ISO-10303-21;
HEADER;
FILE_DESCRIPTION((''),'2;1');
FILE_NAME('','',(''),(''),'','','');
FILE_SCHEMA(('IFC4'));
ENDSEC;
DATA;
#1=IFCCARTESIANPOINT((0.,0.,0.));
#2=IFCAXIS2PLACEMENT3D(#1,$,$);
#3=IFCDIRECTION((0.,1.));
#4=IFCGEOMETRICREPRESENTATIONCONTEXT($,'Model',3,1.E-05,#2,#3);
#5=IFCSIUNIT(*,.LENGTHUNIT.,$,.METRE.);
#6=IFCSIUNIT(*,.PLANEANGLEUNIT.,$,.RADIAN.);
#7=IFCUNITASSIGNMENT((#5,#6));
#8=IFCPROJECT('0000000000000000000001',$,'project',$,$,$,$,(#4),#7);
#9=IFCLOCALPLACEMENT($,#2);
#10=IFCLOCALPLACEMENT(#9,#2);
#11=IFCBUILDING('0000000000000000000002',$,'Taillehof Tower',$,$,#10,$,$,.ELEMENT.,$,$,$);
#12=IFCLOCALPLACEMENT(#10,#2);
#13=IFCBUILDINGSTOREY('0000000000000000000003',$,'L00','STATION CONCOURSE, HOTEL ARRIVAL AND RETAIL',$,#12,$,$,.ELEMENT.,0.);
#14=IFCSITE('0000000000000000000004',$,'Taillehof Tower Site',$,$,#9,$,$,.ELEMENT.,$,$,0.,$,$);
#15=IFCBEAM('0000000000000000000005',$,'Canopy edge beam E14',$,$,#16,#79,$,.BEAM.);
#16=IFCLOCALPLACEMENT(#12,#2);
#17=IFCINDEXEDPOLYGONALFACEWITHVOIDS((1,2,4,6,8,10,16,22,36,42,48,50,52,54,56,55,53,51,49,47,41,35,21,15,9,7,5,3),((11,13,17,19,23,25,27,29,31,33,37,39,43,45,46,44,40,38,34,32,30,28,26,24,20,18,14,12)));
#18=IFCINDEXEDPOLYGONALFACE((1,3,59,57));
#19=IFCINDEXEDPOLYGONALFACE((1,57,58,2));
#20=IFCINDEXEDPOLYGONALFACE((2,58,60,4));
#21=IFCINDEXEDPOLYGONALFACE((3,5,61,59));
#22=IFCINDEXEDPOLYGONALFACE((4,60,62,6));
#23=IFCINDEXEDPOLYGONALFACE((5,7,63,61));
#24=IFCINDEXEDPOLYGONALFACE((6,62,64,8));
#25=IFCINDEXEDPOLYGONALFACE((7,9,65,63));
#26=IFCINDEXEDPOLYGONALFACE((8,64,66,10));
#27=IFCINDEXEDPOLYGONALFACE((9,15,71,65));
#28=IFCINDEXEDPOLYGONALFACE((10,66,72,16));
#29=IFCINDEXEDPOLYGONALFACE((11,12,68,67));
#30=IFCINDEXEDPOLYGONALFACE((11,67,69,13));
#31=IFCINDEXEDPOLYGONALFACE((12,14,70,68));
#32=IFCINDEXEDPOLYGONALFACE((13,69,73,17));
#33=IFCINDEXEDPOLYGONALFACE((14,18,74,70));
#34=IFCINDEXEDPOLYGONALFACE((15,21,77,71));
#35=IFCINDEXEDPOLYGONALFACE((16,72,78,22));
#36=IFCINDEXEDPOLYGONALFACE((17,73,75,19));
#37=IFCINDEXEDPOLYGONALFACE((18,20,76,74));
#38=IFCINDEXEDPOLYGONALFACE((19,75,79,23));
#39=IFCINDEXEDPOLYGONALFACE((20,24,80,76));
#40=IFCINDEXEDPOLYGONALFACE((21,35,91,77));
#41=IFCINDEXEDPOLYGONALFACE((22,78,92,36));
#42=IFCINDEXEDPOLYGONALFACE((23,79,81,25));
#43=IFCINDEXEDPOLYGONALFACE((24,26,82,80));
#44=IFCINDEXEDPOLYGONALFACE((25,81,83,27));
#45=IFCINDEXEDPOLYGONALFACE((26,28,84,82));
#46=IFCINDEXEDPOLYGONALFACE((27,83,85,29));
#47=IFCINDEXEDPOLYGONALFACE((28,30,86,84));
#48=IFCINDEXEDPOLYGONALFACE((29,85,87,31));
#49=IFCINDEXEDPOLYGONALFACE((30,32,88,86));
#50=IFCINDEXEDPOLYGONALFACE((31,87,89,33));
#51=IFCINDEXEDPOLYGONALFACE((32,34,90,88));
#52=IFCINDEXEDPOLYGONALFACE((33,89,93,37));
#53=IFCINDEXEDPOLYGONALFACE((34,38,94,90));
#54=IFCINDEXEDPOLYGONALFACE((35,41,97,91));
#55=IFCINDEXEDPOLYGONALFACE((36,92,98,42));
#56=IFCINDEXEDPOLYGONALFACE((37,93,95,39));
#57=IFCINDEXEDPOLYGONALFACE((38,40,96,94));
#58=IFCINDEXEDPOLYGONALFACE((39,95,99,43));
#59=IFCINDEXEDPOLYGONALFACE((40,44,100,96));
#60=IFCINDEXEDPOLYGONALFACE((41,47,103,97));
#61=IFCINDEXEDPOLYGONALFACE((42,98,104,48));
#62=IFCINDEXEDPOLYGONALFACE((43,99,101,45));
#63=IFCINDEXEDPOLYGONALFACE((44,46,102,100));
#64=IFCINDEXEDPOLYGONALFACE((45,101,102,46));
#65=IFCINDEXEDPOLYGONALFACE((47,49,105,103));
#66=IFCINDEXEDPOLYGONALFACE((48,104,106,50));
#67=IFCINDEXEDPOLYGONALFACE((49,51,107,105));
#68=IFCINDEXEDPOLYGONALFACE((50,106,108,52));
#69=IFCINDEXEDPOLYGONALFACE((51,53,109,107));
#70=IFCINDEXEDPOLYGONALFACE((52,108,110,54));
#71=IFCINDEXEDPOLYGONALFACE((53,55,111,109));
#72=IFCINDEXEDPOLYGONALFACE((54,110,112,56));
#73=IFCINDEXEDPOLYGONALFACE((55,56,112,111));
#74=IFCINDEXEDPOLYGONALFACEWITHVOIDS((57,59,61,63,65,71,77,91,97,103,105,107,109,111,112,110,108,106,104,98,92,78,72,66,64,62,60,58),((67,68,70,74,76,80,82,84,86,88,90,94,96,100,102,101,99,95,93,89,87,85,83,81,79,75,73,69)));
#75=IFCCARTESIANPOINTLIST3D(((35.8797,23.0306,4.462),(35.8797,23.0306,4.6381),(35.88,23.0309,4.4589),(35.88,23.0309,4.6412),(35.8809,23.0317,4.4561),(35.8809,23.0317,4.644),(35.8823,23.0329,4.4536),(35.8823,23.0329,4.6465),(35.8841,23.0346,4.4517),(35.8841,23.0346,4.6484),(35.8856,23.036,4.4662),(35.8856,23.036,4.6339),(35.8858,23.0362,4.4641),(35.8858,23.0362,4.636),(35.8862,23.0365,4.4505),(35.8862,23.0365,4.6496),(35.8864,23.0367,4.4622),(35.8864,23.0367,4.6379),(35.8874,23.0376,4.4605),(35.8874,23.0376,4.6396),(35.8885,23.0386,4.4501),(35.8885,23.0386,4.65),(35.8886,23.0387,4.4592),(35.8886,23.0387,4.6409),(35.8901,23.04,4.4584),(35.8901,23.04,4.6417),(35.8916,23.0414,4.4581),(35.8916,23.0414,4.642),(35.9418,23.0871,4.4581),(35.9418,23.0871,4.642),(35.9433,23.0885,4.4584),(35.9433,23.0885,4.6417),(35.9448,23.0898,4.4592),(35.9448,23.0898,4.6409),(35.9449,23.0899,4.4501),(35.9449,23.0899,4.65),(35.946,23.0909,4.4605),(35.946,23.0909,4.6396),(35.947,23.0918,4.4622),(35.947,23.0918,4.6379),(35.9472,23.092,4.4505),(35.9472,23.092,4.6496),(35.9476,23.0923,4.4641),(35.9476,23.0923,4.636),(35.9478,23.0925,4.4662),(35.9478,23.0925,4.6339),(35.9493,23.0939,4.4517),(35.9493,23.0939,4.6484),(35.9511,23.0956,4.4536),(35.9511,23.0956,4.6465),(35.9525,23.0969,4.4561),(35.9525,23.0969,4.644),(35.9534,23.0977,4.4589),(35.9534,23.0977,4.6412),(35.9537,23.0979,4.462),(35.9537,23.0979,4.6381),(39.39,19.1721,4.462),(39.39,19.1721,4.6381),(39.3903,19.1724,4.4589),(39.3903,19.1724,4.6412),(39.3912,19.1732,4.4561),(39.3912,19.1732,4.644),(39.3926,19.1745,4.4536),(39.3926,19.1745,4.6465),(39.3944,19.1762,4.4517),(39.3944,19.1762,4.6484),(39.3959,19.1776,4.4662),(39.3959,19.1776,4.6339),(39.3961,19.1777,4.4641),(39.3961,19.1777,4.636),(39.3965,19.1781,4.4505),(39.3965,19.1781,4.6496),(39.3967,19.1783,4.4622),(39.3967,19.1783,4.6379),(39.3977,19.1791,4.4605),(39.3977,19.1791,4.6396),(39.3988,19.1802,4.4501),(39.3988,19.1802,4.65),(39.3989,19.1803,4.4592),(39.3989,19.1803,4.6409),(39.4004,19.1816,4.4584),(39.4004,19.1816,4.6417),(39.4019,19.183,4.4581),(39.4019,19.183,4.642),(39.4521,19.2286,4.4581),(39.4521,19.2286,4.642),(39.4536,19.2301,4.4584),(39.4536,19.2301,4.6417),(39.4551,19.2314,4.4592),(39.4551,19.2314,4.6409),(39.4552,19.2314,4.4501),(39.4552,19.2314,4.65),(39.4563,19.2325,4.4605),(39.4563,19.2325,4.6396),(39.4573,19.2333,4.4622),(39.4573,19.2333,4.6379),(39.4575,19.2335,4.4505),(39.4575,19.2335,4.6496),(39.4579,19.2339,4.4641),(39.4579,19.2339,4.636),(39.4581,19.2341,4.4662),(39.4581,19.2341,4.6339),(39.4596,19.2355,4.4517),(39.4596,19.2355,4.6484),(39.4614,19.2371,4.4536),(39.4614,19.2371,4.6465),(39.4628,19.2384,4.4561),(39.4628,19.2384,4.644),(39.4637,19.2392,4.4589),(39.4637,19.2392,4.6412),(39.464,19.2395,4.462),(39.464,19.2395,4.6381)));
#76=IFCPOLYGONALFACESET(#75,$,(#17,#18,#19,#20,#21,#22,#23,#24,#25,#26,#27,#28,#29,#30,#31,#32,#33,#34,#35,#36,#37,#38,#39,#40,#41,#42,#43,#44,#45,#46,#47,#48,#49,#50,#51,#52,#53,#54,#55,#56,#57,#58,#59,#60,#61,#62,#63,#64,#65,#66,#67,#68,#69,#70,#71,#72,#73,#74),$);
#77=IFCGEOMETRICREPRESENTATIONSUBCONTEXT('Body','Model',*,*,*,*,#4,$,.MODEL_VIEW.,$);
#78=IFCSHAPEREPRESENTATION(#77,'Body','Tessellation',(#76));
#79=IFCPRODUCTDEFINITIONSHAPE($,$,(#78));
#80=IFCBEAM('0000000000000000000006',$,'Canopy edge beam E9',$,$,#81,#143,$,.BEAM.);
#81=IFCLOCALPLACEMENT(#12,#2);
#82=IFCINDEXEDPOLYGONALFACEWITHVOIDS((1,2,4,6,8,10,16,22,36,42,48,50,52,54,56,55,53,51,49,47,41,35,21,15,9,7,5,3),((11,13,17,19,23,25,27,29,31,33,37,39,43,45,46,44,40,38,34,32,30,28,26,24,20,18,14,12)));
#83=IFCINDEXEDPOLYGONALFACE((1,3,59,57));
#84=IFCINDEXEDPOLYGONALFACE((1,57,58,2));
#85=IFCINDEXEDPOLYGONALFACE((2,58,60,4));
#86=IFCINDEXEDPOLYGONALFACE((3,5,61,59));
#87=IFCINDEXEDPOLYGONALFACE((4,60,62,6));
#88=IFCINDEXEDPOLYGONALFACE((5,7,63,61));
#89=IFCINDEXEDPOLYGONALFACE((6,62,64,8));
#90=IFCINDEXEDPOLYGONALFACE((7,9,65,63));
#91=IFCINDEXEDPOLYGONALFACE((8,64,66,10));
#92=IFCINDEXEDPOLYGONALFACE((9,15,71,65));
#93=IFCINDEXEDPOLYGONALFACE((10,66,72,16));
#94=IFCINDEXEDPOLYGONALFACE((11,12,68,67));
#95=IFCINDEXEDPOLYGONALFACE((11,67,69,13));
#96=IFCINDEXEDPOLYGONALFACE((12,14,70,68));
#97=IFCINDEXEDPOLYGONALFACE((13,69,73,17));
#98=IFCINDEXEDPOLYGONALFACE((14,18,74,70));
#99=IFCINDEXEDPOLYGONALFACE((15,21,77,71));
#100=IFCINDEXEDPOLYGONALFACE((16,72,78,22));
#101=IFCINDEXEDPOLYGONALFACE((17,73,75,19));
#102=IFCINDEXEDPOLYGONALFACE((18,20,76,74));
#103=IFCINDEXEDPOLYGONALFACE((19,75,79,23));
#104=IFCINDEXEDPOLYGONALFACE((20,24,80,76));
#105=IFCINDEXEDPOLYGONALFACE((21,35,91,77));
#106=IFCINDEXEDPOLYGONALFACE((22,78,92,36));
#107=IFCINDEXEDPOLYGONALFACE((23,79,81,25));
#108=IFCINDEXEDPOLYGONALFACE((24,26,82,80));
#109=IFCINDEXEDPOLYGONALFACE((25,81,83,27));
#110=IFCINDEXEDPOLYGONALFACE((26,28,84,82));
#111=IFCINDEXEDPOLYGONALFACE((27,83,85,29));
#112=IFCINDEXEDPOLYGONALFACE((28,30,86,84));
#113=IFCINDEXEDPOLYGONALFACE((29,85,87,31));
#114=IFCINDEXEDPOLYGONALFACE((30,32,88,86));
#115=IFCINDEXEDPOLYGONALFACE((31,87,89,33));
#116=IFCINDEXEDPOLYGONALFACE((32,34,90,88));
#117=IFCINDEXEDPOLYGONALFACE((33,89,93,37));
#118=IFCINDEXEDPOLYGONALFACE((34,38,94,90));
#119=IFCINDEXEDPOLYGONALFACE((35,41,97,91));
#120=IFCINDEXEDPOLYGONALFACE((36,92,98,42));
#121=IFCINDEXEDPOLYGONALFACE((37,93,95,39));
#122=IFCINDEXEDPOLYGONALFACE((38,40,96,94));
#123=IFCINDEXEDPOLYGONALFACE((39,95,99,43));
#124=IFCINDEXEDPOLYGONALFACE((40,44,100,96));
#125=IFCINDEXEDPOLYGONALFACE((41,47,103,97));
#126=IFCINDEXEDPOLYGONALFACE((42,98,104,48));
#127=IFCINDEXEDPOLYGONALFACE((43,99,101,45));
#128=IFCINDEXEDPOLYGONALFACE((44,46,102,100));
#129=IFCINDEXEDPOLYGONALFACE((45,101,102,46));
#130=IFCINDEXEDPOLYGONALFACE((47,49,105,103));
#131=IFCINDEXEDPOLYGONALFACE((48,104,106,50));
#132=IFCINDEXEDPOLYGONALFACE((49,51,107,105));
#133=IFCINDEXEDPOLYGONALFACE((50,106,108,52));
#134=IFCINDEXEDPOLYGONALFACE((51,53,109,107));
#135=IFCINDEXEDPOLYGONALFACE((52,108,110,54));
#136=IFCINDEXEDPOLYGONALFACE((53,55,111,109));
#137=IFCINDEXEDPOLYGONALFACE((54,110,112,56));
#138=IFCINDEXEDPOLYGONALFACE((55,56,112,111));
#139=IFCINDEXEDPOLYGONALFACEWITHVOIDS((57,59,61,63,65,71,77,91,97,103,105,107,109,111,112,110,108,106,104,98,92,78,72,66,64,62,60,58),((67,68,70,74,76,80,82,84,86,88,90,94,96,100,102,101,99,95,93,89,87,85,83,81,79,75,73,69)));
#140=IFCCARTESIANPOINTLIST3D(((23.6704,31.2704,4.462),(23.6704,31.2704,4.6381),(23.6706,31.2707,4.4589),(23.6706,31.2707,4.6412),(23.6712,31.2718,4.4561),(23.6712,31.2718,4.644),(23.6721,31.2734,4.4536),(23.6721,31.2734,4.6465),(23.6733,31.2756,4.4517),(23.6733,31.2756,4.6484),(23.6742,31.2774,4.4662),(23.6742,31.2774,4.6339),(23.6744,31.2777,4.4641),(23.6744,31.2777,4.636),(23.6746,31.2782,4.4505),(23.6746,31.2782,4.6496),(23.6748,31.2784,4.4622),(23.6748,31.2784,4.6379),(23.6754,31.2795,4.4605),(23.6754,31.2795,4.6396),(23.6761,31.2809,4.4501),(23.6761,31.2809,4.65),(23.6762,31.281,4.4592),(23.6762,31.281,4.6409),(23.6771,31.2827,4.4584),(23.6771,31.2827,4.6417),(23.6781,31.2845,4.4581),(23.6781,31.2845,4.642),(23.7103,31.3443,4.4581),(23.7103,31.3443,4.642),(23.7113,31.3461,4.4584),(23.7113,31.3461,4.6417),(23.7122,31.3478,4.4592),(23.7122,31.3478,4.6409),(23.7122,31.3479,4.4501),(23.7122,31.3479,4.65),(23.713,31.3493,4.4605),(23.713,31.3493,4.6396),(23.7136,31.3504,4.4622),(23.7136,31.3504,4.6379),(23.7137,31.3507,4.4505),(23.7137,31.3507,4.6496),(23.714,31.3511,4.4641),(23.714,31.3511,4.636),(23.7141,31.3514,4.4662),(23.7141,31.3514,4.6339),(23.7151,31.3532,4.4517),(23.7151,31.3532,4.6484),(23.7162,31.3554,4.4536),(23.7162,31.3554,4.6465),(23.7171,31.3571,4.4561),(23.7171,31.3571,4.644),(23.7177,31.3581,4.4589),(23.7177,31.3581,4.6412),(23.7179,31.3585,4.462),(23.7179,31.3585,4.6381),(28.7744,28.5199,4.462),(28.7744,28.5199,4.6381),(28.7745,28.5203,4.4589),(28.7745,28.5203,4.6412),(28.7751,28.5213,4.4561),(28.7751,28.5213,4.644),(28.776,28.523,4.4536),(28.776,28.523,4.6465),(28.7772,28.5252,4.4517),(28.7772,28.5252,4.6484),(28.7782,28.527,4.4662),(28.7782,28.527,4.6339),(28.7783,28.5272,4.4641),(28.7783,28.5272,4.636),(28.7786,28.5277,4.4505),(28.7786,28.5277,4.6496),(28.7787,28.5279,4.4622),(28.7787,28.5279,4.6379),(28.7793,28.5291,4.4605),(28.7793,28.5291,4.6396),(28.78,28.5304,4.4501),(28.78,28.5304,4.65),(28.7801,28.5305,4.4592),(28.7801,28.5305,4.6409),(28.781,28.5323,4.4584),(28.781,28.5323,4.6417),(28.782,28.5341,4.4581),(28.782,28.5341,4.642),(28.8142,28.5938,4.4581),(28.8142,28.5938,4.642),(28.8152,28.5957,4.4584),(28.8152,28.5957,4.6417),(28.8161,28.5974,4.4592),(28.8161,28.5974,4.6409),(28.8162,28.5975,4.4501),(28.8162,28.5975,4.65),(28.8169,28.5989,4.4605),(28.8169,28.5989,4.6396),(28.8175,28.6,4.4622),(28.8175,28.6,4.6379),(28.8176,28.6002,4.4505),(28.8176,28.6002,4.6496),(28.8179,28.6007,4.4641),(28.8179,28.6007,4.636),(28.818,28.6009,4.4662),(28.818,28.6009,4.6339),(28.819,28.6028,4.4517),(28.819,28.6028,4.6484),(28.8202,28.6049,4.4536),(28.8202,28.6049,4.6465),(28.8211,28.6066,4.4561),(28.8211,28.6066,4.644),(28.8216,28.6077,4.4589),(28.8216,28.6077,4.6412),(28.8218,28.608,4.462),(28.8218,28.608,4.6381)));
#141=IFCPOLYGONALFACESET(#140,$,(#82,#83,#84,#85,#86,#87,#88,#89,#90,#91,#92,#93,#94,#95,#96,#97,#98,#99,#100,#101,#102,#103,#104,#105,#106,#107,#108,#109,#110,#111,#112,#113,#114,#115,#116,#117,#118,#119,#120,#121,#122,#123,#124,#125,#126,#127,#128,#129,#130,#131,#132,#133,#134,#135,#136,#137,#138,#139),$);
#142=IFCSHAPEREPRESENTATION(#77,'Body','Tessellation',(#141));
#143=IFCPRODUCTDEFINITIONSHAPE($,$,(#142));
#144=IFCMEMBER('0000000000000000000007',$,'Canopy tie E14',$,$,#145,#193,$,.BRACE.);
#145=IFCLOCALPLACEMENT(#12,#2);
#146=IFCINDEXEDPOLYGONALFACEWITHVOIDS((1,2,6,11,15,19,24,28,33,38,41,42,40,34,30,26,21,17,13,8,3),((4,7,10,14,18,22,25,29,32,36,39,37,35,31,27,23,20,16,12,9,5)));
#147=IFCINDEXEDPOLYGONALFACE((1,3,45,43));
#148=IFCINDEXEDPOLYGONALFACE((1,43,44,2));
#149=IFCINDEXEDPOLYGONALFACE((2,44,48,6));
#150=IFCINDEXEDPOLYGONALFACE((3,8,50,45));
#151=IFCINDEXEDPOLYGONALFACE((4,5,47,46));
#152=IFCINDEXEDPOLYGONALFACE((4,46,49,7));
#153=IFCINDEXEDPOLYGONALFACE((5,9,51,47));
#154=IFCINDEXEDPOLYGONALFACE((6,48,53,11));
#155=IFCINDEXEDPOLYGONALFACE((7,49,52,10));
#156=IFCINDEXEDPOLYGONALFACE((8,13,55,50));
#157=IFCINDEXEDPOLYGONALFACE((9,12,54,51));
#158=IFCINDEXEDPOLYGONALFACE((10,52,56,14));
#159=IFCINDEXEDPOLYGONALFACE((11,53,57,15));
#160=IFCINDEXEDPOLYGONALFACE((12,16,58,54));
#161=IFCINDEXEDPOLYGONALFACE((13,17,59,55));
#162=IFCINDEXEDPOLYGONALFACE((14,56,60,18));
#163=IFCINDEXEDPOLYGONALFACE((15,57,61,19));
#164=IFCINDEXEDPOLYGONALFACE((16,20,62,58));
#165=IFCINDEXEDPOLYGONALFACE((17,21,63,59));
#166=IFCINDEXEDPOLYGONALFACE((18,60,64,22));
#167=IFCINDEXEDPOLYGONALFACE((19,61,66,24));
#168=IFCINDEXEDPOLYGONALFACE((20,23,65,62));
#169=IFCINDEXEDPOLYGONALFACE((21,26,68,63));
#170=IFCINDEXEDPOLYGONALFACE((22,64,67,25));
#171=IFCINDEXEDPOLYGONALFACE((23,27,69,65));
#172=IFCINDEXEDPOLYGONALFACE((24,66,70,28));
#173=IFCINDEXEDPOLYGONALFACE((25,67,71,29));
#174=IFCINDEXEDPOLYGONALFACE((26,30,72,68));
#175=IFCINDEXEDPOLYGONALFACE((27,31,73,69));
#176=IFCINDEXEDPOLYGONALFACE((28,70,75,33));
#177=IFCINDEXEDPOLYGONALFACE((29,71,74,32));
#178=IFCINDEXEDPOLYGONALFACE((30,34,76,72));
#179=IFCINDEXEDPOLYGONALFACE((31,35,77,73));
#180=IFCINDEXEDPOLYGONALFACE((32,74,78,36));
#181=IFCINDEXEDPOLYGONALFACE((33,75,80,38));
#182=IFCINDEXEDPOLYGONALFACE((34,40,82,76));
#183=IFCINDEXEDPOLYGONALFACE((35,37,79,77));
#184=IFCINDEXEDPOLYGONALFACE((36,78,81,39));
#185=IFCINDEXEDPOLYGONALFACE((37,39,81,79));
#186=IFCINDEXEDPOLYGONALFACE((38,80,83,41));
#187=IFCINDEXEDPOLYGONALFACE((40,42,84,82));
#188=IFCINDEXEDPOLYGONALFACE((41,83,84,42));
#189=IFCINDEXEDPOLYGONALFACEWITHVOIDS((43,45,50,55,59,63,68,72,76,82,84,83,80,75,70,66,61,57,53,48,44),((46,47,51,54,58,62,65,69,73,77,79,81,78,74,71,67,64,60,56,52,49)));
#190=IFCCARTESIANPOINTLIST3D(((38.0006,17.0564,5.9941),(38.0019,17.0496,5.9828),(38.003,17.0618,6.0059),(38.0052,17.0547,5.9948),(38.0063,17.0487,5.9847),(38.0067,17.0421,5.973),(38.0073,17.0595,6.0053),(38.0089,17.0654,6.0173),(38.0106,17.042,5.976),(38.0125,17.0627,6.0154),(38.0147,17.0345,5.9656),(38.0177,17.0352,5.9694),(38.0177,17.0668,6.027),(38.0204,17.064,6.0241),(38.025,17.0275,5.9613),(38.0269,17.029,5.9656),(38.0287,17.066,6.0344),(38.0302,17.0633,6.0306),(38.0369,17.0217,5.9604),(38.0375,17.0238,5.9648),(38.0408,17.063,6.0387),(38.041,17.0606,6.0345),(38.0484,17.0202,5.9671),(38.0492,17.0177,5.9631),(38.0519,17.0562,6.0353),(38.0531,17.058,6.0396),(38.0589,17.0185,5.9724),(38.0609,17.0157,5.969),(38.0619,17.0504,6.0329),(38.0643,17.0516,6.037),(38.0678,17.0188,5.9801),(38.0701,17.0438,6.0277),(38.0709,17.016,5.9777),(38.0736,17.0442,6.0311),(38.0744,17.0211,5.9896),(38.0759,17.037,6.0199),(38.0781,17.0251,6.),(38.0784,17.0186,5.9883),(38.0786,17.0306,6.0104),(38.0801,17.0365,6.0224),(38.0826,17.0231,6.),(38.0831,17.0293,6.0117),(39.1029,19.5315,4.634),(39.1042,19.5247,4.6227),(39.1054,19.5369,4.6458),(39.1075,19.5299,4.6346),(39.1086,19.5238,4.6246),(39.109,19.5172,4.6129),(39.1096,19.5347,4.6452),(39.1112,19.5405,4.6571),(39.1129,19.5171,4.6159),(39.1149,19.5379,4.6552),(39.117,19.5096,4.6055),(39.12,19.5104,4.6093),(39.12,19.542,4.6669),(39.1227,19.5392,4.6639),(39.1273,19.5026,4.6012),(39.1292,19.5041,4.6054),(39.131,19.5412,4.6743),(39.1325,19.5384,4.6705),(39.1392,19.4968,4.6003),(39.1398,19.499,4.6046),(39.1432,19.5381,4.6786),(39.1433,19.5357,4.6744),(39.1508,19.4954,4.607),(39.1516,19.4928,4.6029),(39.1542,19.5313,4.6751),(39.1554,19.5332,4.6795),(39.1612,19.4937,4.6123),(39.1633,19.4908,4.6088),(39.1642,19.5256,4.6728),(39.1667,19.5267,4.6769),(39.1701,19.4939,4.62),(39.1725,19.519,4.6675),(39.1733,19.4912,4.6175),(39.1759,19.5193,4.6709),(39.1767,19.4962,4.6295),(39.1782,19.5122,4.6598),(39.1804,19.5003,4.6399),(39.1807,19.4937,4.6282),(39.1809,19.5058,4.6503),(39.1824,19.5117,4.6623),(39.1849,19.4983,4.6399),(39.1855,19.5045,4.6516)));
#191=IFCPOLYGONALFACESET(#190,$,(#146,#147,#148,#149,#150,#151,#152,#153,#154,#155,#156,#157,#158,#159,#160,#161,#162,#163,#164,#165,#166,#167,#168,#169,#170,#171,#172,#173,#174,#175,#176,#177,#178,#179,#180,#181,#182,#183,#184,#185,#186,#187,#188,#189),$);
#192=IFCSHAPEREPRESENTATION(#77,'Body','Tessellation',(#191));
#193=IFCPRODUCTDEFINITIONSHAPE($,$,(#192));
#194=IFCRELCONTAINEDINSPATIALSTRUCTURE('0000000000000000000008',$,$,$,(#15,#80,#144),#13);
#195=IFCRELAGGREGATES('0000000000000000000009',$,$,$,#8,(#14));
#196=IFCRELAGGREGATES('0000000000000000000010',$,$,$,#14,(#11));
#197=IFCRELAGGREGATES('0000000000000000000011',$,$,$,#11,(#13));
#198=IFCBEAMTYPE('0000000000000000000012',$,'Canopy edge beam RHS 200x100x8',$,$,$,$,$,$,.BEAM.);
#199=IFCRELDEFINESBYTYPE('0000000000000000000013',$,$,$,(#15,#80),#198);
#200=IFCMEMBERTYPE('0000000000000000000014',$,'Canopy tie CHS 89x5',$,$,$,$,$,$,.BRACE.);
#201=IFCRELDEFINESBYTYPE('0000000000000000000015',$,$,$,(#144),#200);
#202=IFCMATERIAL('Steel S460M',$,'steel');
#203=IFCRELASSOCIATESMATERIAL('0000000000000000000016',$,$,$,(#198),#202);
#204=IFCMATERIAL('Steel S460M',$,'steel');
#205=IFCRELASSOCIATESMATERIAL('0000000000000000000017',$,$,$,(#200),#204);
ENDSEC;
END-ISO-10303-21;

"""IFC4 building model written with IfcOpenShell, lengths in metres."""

from ifc_helpers import new_model, si_unit, direction, frame, origin, origin_2d, place, context, subcontext, project, spatial, hollow_rectangle, hollow_circle, extrude, material, material_profile, profile_set, type_object, element, save


model = new_model("IFC4")

# Units and contexts
model_context = context("Model", 3, precision=1e-05, world=origin(), true_north=direction((0.0, 1.0)))
body_context = subcontext(model_context, "Body", "Model", "MODEL_VIEW")
ifc_project = project(units=[si_unit("LENGTHUNIT", "METRE"), si_unit("PLANEANGLEUNIT", "RADIAN")], contexts=[model_context])

# Site, building, storey
site_placement = place(None, origin())
site = spatial("IfcSite", under=ifc_project, at=site_placement, Name="Taillehof Tower Site", CompositionType="ELEMENT", RefElevation=0.0)
building_placement = place(site_placement, origin())
building = spatial("IfcBuilding", under=site, at=building_placement, Name="Taillehof Tower", CompositionType="ELEMENT")
storey_placement = place(building_placement, origin())
storey = spatial("IfcBuildingStorey", under=building, at=storey_placement, Name="L00", Description="STATION CONCOURSE, HOTEL ARRIVAL AND RETAIL", CompositionType="ELEMENT", Elevation=0.0)

# Beams
ifc_material_1 = material(Name="Steel S460M", Category="steel")
ifc_material_profile_1 = material_profile(ifc_material_1, hollow_rectangle(XDim=0.1001, YDim=0.2, WallThickness=0.0081, InnerFilletRadius=0.0081, OuterFilletRadius=0.012, at=origin_2d()), Name="RHS 200x100x8")
ifc_profile_set_1 = profile_set([ifc_material_profile_1], Name="Steel S460M")
beam_type_1 = type_object("IfcBeamType", Name="Canopy edge beam RHS 200x100x8", PredefinedType="BEAM", material=ifc_profile_set_1)
beam_1_placement = place(storey_placement, frame((39.427, 19.2058, 4.55), z_axis=(-0.672948, 0.73969, 0.0), x_axis=(-0.73969, -0.672948, 0.0)))
element("IfcBeam", 1, at=beam_1_placement, inside=storey, type_object=beam_type_1, Name="Canopy edge beam E14", PredefinedType="BEAM", context=body_context, shape_type="SweptSolid", body=[
    extrude(hollow_rectangle(XDim=0.1001, YDim=0.2, WallThickness=0.0081, InnerFilletRadius=0.0081, OuterFilletRadius=0.012, at=origin_2d()), origin(), (0.0, 0.0, 1.0), 5.2163),
])
beam_2_placement = place(storey_placement, frame((28.7981, 28.564, 4.55), z_axis=(-0.880314, 0.474391, 0.0), x_axis=(-0.474391, -0.880314, 0.0)))
element("IfcBeam", 2, at=beam_2_placement, inside=storey, type_object=beam_type_1, Name="Canopy edge beam E9", PredefinedType="BEAM", context=body_context, shape_type="SweptSolid", body=[
    extrude(hollow_rectangle(XDim=0.1001, YDim=0.2, WallThickness=0.0081, InnerFilletRadius=0.0081, OuterFilletRadius=0.012, at=origin_2d()), origin(), (0.0, 0.0, 1.0), 5.7979),
])

# Member
ifc_material_2 = material(Name="Steel S460M", Category="steel")
ifc_material_profile_2 = material_profile(ifc_material_2, hollow_circle(Radius=0.0444, WallThickness=0.0049, at=origin_2d()), Name="CHS 89x5")
ifc_profile_set_2 = profile_set([ifc_material_profile_2], Name="Steel S460M")
member_type_1 = type_object("IfcMemberType", Name="Canopy tie CHS 89x5", PredefinedType="BRACE", material=ifc_profile_set_2)
member_1_placement = place(storey_placement, frame((39.1443, 19.5164, 4.6399), z_axis=(-0.363593, -0.816413, 0.448632), x_axis=(0.913503, -0.406832, 0.0)))
element("IfcMember", 3, at=member_1_placement, inside=storey, type_object=member_type_1, Name="Canopy tie E14", PredefinedType="BRACE", context=body_context, shape_type="SweptSolid", body=[
    extrude(hollow_circle(Radius=0.0444, WallThickness=0.0049, at=origin_2d()), origin(), (0.0, 0.0, 1.0), 3.0317),
])

save(model, "model.ifc")
